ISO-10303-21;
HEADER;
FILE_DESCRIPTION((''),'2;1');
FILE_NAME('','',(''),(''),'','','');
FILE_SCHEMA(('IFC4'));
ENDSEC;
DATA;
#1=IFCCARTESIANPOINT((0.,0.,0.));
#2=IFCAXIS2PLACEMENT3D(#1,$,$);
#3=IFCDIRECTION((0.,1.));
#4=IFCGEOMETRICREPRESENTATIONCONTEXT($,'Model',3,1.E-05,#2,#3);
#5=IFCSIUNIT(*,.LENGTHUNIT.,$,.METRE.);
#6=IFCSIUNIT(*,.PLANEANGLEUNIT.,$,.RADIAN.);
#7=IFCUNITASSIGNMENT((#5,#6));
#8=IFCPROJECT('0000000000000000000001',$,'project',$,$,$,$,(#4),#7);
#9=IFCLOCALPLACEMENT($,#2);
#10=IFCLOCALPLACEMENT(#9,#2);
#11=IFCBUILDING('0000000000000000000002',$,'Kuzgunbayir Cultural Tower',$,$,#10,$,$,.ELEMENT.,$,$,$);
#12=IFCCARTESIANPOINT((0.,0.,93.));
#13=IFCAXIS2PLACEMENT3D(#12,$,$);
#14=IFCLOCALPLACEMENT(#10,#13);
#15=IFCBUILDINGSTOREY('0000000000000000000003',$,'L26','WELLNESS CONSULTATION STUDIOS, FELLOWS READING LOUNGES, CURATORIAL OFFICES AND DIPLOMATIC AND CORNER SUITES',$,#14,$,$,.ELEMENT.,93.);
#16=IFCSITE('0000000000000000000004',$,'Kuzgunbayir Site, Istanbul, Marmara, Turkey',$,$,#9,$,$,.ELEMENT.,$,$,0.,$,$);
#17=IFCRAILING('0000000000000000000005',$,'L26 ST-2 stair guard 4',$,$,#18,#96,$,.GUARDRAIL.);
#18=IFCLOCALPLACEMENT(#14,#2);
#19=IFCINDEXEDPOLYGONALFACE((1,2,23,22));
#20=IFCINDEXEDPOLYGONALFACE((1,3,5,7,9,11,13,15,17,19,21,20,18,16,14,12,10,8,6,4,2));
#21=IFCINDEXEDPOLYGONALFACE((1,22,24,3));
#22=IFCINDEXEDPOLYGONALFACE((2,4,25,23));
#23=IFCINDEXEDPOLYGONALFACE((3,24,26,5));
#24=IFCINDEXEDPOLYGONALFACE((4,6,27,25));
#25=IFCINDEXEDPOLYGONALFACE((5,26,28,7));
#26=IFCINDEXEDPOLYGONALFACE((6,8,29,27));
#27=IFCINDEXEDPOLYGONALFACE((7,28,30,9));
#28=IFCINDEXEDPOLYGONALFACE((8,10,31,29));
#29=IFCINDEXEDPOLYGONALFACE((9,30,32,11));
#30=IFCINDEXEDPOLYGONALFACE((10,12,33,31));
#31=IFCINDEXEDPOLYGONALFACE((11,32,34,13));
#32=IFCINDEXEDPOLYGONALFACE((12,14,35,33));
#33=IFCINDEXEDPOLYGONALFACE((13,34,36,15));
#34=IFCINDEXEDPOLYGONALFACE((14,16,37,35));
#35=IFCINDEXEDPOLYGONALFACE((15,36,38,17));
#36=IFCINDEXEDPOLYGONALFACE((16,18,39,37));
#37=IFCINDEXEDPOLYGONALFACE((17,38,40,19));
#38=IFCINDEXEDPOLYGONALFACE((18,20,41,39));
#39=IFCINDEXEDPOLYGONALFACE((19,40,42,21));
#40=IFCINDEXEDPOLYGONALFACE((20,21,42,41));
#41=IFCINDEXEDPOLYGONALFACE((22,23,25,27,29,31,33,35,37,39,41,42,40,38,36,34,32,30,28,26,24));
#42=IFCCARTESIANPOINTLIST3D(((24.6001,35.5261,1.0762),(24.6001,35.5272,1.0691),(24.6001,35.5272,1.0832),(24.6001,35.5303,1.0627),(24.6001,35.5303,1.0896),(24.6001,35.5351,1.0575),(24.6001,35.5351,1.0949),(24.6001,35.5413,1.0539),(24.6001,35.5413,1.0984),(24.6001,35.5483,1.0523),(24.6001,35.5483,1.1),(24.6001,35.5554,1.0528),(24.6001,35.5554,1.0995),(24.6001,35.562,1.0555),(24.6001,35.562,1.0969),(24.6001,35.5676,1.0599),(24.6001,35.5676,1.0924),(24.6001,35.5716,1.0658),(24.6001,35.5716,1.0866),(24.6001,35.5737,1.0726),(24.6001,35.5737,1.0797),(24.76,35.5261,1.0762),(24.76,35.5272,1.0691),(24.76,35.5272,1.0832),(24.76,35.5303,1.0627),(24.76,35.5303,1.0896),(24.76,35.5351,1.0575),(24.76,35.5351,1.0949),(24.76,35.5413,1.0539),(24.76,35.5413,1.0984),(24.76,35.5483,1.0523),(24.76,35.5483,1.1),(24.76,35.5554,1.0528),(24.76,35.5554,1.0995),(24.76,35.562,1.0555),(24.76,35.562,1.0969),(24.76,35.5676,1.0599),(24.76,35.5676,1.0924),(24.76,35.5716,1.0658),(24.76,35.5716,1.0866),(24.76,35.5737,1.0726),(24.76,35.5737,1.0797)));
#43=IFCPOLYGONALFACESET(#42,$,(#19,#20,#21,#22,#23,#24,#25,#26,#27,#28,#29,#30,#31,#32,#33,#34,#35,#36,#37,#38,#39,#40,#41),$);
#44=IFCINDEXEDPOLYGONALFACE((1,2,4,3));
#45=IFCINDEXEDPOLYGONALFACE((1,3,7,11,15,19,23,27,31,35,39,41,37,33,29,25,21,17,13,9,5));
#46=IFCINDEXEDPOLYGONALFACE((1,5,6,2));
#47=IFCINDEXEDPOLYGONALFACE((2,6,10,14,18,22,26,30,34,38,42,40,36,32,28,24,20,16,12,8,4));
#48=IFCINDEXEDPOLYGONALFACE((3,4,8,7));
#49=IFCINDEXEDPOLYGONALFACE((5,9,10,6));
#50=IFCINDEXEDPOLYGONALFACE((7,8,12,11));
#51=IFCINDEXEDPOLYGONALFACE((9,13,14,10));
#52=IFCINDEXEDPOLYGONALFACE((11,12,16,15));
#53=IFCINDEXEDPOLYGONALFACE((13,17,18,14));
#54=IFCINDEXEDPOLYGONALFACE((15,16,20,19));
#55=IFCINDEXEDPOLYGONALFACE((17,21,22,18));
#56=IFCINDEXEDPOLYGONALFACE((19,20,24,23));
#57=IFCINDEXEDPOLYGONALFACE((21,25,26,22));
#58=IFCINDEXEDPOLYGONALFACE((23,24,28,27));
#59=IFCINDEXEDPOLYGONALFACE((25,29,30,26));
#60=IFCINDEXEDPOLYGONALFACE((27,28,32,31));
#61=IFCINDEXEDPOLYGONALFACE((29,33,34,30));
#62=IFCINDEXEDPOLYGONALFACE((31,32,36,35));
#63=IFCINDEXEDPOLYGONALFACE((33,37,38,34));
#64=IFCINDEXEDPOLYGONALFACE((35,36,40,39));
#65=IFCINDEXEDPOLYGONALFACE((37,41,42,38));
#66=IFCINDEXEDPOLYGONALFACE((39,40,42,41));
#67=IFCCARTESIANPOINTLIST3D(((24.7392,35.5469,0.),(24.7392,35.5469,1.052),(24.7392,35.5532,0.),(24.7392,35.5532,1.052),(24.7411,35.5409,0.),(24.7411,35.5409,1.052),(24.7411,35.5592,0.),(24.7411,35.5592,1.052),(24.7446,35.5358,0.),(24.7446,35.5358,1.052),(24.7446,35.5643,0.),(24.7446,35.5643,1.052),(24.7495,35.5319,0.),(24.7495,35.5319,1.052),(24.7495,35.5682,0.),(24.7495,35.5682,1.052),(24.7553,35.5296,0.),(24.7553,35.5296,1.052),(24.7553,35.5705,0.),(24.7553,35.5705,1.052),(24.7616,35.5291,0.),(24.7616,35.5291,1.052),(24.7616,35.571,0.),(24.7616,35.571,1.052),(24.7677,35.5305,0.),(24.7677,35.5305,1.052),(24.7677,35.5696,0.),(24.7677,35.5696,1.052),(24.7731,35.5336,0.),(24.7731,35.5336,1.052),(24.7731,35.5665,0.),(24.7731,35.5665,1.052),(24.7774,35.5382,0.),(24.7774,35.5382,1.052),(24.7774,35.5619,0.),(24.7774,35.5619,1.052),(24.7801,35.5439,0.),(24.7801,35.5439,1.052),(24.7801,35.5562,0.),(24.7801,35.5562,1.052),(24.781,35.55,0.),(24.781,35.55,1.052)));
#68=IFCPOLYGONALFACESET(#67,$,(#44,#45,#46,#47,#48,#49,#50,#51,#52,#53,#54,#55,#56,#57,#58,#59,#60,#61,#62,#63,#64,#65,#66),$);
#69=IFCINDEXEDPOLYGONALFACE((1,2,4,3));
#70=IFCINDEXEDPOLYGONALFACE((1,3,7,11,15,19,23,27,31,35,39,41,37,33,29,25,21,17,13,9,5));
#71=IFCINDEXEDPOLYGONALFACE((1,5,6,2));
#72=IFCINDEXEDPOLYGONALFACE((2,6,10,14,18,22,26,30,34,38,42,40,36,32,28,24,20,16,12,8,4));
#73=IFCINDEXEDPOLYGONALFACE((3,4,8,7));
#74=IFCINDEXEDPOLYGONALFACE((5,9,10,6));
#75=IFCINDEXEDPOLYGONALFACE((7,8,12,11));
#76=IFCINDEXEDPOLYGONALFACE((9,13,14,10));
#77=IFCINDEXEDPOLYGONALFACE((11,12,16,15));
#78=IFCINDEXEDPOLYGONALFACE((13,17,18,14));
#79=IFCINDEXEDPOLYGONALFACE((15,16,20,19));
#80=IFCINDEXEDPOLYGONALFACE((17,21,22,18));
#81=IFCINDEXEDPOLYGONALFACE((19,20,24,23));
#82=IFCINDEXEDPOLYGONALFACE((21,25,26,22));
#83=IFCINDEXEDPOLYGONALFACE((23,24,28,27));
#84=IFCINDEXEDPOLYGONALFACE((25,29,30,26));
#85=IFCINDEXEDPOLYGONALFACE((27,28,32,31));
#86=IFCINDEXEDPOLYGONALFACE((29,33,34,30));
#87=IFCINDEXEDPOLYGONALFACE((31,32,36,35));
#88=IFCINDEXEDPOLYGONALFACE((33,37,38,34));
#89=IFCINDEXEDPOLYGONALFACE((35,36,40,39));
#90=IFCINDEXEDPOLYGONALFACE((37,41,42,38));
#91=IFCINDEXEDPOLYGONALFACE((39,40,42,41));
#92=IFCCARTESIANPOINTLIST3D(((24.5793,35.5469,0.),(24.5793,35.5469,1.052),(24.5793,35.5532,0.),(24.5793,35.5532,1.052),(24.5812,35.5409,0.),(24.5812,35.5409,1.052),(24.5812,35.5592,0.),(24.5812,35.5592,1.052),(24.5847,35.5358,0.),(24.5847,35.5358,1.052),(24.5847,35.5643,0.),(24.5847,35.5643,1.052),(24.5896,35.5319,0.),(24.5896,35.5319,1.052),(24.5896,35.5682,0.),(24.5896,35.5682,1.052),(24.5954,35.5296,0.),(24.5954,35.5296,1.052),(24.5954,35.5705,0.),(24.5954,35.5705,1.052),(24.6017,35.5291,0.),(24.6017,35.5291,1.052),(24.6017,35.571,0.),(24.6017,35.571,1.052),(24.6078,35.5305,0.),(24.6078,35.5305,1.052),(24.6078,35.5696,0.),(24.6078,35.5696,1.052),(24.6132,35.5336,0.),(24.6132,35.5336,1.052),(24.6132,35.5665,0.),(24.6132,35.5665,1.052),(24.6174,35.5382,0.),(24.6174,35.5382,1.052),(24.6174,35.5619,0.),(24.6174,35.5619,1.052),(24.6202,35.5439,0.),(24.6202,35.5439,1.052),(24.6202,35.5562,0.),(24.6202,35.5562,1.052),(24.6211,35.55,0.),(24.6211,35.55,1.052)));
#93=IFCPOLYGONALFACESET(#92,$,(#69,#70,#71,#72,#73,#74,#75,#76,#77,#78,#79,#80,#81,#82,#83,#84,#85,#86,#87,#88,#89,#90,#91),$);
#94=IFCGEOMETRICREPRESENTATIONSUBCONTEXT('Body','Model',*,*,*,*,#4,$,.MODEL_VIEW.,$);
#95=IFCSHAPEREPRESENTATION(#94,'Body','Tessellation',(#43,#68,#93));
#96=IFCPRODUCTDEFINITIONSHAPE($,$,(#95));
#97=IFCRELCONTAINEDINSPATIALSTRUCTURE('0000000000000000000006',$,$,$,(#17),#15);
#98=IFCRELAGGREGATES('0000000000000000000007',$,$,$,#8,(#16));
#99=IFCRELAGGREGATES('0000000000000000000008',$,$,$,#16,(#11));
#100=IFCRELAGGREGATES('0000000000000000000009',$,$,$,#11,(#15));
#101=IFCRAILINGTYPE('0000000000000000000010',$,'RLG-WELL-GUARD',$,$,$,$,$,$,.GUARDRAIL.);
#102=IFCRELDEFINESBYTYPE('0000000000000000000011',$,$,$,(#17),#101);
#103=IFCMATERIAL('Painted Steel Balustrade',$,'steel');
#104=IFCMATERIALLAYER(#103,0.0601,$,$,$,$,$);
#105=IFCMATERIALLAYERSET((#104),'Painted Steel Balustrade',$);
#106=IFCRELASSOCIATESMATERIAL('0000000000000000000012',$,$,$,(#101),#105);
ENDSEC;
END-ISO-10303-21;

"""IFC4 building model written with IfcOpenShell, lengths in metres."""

from ifc_helpers import new_model, si_unit, direction, frame, origin, origin_2d, place, context, subcontext, project, spatial, circle, extrude, material, layer, layer_set, type_object, element, save


model = new_model("IFC4")

# Units and contexts
model_context = context("Model", 3, precision=1e-05, world=origin(), true_north=direction((0.0, 1.0)))
body_context = subcontext(model_context, "Body", "Model", "MODEL_VIEW")
ifc_project = project(units=[si_unit("LENGTHUNIT", "METRE"), si_unit("PLANEANGLEUNIT", "RADIAN")], contexts=[model_context])

# Site, building, storey
site_placement = place(None, origin())
site = spatial("IfcSite", under=ifc_project, at=site_placement, Name="Kuzgunbayir Site, Istanbul, Marmara, Turkey", CompositionType="ELEMENT", RefElevation=0.0)
building_placement = place(site_placement, origin())
building = spatial("IfcBuilding", under=site, at=building_placement, Name="Kuzgunbayir Cultural Tower", CompositionType="ELEMENT")
storey_placement = place(building_placement, frame((0.0, 0.0, 93.0)))
storey = spatial("IfcBuildingStorey", under=building, at=storey_placement, Name="L26", Description="WELLNESS CONSULTATION STUDIOS, FELLOWS READING LOUNGES, CURATORIAL OFFICES AND DIPLOMATIC AND CORNER SUITES", CompositionType="ELEMENT", Elevation=93.0)

# Railing
ifc_material_1 = material(Name="Painted Steel Balustrade", Category="steel")
ifc_layer_1 = layer(ifc_material_1, 0.0601)
ifc_layer_set_1 = layer_set([ifc_layer_1], Name="Painted Steel Balustrade")
railing_type_1 = type_object("IfcRailingType", Name="RLG-WELL-GUARD", PredefinedType="GUARDRAIL", material=ifc_layer_set_1)
railing_1_placement = place(storey_placement, frame((24.76, 35.55, 0.0)))
element("IfcRailing", 1, at=railing_1_placement, inside=storey, type_object=railing_type_1, Name="L26 ST-2 stair guard 4", PredefinedType="GUARDRAIL", context=body_context, shape_type="SweptSolid", body=[
    extrude(circle(Radius=0.0239, at=origin_2d()), frame((0.0, 0.0, 1.0762), z_axis=(-1.0, 0.0, 0.0), x_axis=(0.0, -1.0, 0.0)), (0.0, 0.0, 1.0), 0.1599),
    extrude(circle(Radius=0.021, at=origin_2d()), origin(), (0.0, 0.0, 1.0), 1.052),
    extrude(circle(Radius=0.021, at=origin_2d()), frame((-0.1599, 0.0, 0.0)), (0.0, 0.0, 1.0), 1.052),
])

save(model, "model.ifc")
